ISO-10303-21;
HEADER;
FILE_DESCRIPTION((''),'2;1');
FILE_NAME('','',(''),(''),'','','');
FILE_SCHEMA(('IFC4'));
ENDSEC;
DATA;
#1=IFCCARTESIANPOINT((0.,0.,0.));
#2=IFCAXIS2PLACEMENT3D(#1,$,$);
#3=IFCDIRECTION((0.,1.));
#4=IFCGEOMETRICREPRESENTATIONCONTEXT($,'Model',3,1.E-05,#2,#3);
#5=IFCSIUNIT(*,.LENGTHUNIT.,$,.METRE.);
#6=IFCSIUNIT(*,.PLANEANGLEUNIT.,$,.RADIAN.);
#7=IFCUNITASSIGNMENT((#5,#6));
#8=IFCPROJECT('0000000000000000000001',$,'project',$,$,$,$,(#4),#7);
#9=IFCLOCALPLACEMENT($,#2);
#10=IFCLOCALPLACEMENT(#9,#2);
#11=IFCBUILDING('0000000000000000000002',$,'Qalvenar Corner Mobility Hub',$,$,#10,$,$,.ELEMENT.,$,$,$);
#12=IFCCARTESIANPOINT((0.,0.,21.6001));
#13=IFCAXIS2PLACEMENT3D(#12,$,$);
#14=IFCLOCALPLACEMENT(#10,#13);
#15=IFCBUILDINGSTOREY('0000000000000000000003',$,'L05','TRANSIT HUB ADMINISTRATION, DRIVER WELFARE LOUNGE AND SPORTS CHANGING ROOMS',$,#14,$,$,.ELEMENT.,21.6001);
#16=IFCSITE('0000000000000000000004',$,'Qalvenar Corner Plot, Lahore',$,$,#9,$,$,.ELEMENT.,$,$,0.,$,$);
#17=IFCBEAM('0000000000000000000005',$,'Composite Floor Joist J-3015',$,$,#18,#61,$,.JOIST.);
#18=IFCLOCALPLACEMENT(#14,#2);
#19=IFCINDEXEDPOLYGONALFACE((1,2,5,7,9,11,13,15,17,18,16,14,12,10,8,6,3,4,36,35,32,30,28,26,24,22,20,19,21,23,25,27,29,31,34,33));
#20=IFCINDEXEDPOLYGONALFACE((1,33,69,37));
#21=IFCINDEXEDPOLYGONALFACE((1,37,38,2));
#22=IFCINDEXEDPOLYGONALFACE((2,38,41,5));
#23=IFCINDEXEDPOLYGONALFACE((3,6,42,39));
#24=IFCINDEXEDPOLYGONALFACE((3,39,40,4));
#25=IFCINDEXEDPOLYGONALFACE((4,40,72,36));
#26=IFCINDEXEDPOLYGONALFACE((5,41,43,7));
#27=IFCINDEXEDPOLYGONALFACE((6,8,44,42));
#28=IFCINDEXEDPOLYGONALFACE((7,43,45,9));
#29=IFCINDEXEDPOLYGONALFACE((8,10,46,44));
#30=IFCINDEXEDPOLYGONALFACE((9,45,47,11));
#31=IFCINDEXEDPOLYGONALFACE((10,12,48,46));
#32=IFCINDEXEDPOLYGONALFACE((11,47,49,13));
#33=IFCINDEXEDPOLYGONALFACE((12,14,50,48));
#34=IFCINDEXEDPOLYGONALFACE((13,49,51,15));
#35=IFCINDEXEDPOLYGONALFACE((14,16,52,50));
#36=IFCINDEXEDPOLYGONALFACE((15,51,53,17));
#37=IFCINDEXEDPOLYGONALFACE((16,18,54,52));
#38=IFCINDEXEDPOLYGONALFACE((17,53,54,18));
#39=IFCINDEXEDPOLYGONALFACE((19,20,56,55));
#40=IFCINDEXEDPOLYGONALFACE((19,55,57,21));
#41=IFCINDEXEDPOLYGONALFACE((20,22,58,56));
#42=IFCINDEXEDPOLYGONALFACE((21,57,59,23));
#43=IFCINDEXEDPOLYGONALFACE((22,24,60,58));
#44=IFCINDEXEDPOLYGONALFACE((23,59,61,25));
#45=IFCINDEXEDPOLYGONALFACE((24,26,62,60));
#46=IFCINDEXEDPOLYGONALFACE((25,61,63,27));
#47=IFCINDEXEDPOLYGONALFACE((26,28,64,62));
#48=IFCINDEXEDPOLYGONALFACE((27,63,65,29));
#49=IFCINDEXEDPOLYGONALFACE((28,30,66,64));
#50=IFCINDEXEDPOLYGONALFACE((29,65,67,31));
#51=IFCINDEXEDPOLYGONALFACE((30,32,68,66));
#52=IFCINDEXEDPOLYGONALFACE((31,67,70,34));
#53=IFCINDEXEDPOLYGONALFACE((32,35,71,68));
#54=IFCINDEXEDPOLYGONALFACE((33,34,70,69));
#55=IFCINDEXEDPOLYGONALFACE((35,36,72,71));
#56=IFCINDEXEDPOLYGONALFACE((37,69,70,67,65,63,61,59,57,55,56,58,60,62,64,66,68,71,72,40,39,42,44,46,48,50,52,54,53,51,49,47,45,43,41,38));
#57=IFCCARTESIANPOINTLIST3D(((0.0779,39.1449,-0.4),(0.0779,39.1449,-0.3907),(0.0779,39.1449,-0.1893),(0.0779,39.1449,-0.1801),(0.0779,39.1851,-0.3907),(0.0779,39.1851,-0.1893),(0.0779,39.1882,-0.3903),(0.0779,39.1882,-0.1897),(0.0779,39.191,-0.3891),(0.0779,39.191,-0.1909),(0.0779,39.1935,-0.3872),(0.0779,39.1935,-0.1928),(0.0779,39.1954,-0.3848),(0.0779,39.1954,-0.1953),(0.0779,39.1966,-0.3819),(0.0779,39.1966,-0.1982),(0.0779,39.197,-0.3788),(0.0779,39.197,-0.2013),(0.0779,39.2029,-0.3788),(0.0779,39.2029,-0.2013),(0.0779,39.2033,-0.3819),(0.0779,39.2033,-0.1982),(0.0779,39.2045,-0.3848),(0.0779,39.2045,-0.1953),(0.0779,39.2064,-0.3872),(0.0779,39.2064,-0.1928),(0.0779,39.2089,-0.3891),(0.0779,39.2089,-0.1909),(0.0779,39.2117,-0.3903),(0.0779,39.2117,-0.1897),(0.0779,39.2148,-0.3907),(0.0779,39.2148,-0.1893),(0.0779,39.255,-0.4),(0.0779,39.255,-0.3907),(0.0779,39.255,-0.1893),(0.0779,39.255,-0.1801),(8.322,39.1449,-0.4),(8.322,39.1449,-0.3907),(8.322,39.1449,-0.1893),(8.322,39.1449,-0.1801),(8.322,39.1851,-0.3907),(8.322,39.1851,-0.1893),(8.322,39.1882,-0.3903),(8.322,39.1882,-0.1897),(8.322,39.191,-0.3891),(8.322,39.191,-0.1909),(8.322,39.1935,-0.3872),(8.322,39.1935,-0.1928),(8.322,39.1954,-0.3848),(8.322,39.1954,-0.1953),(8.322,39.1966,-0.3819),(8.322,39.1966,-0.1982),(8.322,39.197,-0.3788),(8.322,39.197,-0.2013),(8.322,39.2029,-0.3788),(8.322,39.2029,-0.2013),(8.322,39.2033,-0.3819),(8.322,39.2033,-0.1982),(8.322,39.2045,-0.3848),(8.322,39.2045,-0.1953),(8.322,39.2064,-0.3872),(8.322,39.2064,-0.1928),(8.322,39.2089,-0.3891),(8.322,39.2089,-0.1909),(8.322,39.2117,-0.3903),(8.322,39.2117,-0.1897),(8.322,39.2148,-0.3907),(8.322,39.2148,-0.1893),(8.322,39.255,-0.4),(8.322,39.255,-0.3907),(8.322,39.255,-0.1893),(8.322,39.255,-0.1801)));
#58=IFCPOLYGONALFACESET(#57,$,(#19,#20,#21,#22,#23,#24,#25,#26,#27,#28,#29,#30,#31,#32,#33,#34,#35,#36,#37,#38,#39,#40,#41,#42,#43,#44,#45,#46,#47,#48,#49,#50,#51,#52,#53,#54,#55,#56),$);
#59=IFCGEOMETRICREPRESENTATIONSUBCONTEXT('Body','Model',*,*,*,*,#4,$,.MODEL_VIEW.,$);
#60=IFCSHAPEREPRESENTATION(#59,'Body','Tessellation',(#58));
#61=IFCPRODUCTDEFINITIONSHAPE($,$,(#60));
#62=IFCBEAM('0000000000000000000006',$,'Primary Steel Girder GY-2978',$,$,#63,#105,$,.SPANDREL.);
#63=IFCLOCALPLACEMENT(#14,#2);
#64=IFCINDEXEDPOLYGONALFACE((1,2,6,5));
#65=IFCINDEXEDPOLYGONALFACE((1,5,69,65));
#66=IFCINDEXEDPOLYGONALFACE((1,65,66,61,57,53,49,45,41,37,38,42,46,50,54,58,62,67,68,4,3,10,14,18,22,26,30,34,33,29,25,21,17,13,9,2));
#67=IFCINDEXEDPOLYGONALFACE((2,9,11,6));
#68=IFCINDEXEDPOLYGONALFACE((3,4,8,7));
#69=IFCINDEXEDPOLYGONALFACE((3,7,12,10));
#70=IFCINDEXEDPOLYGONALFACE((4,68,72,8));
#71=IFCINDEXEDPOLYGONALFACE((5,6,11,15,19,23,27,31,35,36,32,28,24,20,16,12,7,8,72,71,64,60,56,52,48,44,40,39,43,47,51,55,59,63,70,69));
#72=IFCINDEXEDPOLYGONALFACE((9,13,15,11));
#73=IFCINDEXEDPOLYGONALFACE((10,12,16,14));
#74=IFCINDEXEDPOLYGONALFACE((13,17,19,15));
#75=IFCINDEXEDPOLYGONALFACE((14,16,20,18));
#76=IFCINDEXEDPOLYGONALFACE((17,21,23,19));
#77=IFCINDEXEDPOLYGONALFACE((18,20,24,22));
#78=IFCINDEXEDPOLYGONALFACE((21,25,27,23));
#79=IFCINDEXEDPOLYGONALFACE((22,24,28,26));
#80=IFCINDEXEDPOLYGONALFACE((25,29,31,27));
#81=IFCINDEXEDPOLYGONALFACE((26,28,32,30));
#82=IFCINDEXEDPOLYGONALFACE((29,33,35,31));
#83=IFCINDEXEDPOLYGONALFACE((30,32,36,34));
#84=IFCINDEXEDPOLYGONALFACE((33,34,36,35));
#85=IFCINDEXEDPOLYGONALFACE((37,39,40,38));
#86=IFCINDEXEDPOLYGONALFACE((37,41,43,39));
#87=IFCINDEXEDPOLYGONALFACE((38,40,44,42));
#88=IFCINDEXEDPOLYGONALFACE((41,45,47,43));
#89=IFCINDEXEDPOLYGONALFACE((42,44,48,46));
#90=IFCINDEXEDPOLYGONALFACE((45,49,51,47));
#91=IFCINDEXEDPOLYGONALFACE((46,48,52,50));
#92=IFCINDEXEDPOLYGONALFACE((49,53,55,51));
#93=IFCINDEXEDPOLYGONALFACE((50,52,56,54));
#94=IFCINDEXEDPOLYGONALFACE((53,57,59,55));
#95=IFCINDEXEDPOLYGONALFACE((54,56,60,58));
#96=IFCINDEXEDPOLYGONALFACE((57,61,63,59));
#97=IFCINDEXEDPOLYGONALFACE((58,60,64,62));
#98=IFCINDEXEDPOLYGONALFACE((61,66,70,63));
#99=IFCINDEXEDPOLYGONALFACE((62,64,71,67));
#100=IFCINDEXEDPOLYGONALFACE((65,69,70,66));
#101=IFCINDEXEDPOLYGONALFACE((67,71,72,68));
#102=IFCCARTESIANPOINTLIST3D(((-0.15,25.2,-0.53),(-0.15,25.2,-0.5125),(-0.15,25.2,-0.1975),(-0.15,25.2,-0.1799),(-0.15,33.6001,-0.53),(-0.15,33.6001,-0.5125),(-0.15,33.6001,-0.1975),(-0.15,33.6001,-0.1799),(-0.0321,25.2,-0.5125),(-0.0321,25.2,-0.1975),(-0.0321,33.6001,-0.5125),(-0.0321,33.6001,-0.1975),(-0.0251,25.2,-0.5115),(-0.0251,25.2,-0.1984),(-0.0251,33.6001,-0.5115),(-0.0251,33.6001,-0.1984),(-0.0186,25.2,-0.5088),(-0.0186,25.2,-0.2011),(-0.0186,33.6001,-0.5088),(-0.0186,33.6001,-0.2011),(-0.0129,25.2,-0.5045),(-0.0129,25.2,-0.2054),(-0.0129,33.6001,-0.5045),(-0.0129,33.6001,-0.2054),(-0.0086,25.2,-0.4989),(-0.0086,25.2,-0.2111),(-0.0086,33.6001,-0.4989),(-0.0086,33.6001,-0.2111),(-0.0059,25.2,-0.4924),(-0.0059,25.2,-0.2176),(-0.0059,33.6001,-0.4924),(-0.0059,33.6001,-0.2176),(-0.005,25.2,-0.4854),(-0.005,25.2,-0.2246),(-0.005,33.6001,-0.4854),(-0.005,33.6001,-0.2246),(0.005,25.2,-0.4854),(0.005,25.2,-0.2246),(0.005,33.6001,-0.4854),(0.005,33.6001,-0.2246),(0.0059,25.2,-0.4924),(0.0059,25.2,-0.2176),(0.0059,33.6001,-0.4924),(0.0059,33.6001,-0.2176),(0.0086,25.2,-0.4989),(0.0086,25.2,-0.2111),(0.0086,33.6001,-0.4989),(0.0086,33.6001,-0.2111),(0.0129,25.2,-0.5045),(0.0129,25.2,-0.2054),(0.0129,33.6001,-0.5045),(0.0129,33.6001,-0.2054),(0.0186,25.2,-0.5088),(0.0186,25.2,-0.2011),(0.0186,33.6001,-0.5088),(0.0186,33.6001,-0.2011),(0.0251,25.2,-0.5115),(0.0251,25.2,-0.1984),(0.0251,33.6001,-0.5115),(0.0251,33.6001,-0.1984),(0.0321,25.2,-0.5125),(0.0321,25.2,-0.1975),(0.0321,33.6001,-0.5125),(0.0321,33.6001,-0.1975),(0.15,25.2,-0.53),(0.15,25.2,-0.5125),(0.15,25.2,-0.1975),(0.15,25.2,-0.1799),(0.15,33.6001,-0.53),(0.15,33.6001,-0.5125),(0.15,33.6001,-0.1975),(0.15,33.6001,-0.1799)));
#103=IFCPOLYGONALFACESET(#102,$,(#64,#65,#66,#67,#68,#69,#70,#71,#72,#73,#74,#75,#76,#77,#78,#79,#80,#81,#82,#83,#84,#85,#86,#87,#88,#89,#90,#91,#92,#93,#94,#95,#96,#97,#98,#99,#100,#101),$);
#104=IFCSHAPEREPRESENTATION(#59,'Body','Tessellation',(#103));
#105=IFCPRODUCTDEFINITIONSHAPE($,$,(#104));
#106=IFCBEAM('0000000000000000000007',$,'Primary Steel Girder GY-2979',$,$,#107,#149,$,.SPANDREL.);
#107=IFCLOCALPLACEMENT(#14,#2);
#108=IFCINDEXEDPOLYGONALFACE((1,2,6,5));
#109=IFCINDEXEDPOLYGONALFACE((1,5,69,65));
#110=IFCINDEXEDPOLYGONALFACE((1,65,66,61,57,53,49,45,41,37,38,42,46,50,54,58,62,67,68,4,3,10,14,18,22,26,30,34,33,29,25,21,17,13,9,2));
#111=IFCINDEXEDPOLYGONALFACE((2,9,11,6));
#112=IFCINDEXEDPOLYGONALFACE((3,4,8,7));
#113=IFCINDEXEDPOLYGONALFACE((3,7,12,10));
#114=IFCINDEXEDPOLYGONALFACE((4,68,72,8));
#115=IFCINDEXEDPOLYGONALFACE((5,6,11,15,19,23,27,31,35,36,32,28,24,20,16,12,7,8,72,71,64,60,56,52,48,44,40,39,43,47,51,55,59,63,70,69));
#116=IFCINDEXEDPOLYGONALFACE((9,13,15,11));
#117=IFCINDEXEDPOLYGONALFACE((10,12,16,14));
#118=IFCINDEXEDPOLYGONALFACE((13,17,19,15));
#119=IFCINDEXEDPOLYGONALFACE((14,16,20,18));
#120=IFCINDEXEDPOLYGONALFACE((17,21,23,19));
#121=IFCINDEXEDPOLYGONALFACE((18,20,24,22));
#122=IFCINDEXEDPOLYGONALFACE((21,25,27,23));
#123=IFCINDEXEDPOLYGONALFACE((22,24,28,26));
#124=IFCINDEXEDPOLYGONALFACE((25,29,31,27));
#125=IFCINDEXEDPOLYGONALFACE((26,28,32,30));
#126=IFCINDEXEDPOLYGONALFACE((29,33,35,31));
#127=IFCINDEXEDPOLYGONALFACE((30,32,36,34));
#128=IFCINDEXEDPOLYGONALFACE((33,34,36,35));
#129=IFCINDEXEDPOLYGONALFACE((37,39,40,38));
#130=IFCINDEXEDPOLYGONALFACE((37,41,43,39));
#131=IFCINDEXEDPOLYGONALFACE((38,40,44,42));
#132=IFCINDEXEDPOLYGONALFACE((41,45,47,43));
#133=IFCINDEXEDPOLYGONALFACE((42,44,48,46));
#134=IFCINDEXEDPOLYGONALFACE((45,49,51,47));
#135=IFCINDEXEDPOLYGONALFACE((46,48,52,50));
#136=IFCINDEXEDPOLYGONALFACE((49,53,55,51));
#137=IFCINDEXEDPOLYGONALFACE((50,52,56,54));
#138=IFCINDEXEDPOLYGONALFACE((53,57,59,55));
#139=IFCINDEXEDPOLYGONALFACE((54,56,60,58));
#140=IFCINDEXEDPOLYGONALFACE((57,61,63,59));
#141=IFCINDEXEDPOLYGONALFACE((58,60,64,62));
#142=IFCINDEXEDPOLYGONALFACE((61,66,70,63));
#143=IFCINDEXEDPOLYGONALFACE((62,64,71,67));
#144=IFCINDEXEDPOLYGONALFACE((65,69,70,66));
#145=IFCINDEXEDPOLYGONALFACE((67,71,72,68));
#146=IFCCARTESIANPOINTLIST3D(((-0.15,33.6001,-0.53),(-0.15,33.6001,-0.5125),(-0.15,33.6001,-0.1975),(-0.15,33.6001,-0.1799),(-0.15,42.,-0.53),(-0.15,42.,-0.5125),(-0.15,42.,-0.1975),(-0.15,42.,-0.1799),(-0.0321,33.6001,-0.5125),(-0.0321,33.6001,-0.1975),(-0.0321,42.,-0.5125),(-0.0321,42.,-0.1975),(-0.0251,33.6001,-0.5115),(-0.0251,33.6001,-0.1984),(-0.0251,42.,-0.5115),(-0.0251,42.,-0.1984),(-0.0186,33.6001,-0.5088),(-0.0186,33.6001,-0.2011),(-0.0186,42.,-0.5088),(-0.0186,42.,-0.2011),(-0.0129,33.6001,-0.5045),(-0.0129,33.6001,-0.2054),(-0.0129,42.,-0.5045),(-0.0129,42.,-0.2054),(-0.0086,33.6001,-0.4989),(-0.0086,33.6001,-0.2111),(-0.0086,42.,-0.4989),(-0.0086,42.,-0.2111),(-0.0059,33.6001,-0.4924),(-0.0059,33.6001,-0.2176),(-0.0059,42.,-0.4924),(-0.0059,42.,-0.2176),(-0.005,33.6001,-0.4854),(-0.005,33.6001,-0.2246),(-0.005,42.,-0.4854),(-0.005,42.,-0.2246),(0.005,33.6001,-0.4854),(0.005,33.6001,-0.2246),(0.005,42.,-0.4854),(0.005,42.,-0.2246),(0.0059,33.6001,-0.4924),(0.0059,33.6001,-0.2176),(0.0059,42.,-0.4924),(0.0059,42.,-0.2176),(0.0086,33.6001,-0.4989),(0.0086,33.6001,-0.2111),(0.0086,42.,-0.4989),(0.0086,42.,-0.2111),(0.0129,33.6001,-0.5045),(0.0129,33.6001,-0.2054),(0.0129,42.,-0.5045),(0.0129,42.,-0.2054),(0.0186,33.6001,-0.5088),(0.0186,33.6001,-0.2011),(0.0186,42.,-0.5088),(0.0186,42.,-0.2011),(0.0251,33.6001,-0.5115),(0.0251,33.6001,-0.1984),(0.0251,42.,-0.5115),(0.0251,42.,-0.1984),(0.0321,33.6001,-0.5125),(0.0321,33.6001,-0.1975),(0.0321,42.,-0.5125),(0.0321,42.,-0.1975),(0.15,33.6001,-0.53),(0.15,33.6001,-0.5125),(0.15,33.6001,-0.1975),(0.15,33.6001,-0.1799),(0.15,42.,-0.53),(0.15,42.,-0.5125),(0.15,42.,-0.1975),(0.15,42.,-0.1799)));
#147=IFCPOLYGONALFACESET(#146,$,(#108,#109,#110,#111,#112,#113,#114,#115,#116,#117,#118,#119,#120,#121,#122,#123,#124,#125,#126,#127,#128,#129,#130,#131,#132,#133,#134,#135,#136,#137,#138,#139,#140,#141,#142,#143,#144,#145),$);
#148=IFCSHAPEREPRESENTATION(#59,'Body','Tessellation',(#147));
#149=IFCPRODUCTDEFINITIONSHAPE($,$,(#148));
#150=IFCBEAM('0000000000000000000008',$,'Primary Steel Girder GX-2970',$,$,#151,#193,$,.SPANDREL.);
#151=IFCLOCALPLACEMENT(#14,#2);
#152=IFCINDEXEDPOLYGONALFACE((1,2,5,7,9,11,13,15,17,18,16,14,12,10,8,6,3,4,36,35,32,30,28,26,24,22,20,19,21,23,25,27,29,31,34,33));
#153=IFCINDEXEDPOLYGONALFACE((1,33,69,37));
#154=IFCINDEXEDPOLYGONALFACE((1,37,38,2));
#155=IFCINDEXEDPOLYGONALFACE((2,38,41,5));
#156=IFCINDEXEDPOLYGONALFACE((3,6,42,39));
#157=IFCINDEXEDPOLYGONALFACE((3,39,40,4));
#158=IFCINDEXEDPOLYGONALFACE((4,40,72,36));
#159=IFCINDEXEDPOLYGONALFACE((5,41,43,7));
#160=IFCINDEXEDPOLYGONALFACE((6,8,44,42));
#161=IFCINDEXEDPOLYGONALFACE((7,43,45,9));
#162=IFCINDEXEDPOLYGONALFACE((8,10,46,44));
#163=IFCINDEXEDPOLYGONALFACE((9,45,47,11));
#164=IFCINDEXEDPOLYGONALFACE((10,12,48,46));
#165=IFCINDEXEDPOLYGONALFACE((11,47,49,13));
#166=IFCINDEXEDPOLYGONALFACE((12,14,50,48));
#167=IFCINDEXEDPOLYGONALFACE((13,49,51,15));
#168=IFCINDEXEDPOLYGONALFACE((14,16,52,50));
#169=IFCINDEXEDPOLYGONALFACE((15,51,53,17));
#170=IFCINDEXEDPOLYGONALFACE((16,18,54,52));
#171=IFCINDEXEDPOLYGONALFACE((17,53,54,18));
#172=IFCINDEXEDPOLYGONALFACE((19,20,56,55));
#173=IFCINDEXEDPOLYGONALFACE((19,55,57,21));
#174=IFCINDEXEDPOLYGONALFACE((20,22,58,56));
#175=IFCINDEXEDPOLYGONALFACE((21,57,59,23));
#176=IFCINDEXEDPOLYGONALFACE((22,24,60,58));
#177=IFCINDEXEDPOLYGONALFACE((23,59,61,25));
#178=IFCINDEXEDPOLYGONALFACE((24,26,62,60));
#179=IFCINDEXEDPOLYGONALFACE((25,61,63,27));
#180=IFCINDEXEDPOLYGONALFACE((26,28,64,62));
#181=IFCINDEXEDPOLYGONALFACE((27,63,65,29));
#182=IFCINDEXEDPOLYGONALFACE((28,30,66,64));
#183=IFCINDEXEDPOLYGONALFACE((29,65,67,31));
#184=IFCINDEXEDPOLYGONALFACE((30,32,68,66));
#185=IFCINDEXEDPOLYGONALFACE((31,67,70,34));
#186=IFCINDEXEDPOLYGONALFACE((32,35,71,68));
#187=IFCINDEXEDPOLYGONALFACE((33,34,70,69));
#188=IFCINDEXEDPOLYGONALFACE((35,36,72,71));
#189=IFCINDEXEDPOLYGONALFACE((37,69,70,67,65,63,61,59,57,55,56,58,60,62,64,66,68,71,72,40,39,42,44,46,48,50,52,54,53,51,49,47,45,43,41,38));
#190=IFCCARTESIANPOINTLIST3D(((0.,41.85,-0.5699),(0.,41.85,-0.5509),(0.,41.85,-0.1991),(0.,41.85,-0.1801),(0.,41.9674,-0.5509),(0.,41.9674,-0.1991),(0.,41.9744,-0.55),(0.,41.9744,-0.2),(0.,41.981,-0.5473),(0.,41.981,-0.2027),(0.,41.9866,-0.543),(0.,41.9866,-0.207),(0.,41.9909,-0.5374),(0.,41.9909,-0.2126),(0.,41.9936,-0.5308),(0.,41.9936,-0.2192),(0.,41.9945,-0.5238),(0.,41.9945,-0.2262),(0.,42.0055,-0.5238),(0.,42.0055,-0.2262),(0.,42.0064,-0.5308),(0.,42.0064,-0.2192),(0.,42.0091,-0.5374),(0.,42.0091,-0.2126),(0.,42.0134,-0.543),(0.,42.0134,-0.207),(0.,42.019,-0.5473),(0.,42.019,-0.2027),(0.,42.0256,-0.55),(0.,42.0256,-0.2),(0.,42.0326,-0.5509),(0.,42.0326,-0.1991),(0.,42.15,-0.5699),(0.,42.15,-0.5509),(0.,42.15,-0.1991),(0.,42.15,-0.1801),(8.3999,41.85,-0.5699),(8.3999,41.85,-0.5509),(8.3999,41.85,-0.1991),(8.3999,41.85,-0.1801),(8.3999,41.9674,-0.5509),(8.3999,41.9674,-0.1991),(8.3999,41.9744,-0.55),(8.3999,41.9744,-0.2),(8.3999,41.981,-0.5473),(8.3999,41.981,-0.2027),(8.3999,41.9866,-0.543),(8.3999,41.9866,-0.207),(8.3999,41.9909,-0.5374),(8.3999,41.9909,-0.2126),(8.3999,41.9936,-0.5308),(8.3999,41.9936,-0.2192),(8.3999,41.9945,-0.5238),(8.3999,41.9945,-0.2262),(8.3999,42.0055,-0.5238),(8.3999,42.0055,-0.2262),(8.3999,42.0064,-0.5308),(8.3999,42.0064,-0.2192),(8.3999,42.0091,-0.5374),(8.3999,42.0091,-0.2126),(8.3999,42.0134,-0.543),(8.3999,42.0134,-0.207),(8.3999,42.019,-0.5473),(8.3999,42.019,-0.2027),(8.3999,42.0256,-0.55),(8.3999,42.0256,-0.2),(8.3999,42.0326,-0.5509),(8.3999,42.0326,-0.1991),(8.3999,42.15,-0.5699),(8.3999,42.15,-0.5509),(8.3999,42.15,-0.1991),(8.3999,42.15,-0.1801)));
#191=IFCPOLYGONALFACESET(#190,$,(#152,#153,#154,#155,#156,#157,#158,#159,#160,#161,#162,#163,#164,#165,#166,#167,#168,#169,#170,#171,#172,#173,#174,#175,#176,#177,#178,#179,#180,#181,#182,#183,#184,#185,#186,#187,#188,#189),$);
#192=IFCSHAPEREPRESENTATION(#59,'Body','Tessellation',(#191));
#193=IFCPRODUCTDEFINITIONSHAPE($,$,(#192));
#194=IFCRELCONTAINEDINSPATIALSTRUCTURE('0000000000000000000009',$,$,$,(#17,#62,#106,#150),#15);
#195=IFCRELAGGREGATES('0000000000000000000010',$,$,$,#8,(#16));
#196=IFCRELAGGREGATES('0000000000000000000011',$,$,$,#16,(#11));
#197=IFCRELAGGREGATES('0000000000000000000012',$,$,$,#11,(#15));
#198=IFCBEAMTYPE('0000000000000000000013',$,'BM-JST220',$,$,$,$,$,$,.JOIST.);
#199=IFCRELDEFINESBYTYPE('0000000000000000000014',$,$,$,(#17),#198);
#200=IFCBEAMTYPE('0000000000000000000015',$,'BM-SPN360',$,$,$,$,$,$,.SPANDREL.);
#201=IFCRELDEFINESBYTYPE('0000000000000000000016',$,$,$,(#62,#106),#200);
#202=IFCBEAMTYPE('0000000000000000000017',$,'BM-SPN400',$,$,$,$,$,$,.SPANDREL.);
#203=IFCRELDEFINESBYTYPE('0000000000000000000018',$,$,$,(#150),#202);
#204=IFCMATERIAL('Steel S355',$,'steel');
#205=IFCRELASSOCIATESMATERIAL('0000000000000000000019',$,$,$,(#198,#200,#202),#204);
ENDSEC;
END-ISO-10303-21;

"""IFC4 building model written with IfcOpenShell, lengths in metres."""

from ifc_helpers import new_model, si_unit, direction, frame, origin, origin_2d, place, context, subcontext, project, spatial, i_section, extrude, material, material_profile, profile_set, type_object, element, save


model = new_model("IFC4")

# Units and contexts
model_context = context("Model", 3, precision=1e-05, world=origin(), true_north=direction((0.0, 1.0)))
body_context = subcontext(model_context, "Body", "Model", "MODEL_VIEW")
ifc_project = project(units=[si_unit("LENGTHUNIT", "METRE"), si_unit("PLANEANGLEUNIT", "RADIAN")], contexts=[model_context])

# Site, building, storey
site_placement = place(None, origin())
site = spatial("IfcSite", under=ifc_project, at=site_placement, Name="Qalvenar Corner Plot, Lahore", CompositionType="ELEMENT", RefElevation=0.0)
building_placement = place(site_placement, origin())
building = spatial("IfcBuilding", under=site, at=building_placement, Name="Qalvenar Corner Mobility Hub", CompositionType="ELEMENT")
storey_placement = place(building_placement, frame((0.0, 0.0, 21.6001)))
storey = spatial("IfcBuildingStorey", under=building, at=storey_placement, Name="L05", Description="TRANSIT HUB ADMINISTRATION, DRIVER WELFARE LOUNGE AND SPORTS CHANGING ROOMS", CompositionType="ELEMENT", Elevation=21.6001)

# Shared definitions
ifc_material_1 = material(Name="Steel S355", Category="steel")

# Beams
ifc_material_profile_1 = material_profile(ifc_material_1, i_section(OverallWidth=0.1101, OverallDepth=0.22, WebThickness=0.0059, FlangeThickness=0.0093, FilletRadius=0.012, at=origin_2d()), Name="IPE220")
ifc_profile_set_1 = profile_set([ifc_material_profile_1], Name="Steel S355")
beam_type_1 = type_object("IfcBeamType", Name="BM-JST220", PredefinedType="JOIST", material=ifc_profile_set_1)
for number, where, z_axis, x_axis, name in (
    (1, (0.0779, 39.2, -0.29), (1.0, 0.0, 0.0), (0.0, 1.0, 0.0), "Composite Floor Joist J-3015"),
):
    element("IfcBeam", number, at=place(storey_placement, frame(where, z_axis=z_axis, x_axis=x_axis)), inside=storey, type_object=beam_type_1, Name=name, PredefinedType="JOIST", context=body_context, shape_type="SweptSolid", body=[
        extrude(i_section(OverallWidth=0.1101, OverallDepth=0.22, WebThickness=0.0059, FlangeThickness=0.0093, FilletRadius=0.012, at=origin_2d()), origin(), (0.0, 0.0, 1.0), 8.2441),
    ])
ifc_material_profile_2 = material_profile(ifc_material_1, i_section(OverallWidth=0.3, OverallDepth=0.3501, WebThickness=0.01, FlangeThickness=0.0176, FilletRadius=0.0271, at=origin_2d()), Name="HEA360")
ifc_profile_set_2 = profile_set([ifc_material_profile_2], Name="Steel S355")
beam_type_2 = type_object("IfcBeamType", Name="BM-SPN360", PredefinedType="SPANDREL", material=ifc_profile_set_2)
beam_1_placement = place(storey_placement, frame((0.0, 25.2, -0.355), z_axis=(0.0, 1.0, 0.0), x_axis=(-1.0, 0.0, 0.0)))
element("IfcBeam", 2, at=beam_1_placement, inside=storey, type_object=beam_type_2, Name="Primary Steel Girder GY-2978", PredefinedType="SPANDREL", context=body_context, shape_type="SweptSolid", body=[
    extrude(i_section(OverallWidth=0.3, OverallDepth=0.3501, WebThickness=0.01, FlangeThickness=0.0176, FilletRadius=0.0271, at=origin_2d()), origin(), (0.0, 0.0, 1.0), 8.4001),
])
beam_2_placement = place(storey_placement, frame((0.0, 33.6001, -0.355), z_axis=(0.0, 1.0, 0.0), x_axis=(-1.0, 0.0, 0.0)))
element("IfcBeam", 3, at=beam_2_placement, inside=storey, type_object=beam_type_2, Name="Primary Steel Girder GY-2979", PredefinedType="SPANDREL", context=body_context, shape_type="SweptSolid", body=[
    extrude(i_section(OverallWidth=0.3, OverallDepth=0.3501, WebThickness=0.01, FlangeThickness=0.0176, FilletRadius=0.0271, at=origin_2d()), origin(), (0.0, 0.0, 1.0), 8.3999),
])
ifc_material_profile_3 = material_profile(ifc_material_1, i_section(OverallWidth=0.3, OverallDepth=0.3899, WebThickness=0.011, FlangeThickness=0.019, FilletRadius=0.0271, at=origin_2d()), Name="HEA400")
ifc_profile_set_3 = profile_set([ifc_material_profile_3], Name="Steel S355")
beam_type_3 = type_object("IfcBeamType", Name="BM-SPN400", PredefinedType="SPANDREL", material=ifc_profile_set_3)
beam_3_placement = place(storey_placement, frame((0.0, 42.0, -0.375), z_axis=(1.0, 0.0, 0.0), x_axis=(0.0, 1.0, 0.0)))
element("IfcBeam", 4, at=beam_3_placement, inside=storey, type_object=beam_type_3, Name="Primary Steel Girder GX-2970", PredefinedType="SPANDREL", context=body_context, shape_type="SweptSolid", body=[
    extrude(i_section(OverallWidth=0.3, OverallDepth=0.3899, WebThickness=0.011, FlangeThickness=0.019, FilletRadius=0.0271, at=origin_2d()), origin(), (0.0, 0.0, 1.0), 8.3999),
])

save(model, "model.ifc")
